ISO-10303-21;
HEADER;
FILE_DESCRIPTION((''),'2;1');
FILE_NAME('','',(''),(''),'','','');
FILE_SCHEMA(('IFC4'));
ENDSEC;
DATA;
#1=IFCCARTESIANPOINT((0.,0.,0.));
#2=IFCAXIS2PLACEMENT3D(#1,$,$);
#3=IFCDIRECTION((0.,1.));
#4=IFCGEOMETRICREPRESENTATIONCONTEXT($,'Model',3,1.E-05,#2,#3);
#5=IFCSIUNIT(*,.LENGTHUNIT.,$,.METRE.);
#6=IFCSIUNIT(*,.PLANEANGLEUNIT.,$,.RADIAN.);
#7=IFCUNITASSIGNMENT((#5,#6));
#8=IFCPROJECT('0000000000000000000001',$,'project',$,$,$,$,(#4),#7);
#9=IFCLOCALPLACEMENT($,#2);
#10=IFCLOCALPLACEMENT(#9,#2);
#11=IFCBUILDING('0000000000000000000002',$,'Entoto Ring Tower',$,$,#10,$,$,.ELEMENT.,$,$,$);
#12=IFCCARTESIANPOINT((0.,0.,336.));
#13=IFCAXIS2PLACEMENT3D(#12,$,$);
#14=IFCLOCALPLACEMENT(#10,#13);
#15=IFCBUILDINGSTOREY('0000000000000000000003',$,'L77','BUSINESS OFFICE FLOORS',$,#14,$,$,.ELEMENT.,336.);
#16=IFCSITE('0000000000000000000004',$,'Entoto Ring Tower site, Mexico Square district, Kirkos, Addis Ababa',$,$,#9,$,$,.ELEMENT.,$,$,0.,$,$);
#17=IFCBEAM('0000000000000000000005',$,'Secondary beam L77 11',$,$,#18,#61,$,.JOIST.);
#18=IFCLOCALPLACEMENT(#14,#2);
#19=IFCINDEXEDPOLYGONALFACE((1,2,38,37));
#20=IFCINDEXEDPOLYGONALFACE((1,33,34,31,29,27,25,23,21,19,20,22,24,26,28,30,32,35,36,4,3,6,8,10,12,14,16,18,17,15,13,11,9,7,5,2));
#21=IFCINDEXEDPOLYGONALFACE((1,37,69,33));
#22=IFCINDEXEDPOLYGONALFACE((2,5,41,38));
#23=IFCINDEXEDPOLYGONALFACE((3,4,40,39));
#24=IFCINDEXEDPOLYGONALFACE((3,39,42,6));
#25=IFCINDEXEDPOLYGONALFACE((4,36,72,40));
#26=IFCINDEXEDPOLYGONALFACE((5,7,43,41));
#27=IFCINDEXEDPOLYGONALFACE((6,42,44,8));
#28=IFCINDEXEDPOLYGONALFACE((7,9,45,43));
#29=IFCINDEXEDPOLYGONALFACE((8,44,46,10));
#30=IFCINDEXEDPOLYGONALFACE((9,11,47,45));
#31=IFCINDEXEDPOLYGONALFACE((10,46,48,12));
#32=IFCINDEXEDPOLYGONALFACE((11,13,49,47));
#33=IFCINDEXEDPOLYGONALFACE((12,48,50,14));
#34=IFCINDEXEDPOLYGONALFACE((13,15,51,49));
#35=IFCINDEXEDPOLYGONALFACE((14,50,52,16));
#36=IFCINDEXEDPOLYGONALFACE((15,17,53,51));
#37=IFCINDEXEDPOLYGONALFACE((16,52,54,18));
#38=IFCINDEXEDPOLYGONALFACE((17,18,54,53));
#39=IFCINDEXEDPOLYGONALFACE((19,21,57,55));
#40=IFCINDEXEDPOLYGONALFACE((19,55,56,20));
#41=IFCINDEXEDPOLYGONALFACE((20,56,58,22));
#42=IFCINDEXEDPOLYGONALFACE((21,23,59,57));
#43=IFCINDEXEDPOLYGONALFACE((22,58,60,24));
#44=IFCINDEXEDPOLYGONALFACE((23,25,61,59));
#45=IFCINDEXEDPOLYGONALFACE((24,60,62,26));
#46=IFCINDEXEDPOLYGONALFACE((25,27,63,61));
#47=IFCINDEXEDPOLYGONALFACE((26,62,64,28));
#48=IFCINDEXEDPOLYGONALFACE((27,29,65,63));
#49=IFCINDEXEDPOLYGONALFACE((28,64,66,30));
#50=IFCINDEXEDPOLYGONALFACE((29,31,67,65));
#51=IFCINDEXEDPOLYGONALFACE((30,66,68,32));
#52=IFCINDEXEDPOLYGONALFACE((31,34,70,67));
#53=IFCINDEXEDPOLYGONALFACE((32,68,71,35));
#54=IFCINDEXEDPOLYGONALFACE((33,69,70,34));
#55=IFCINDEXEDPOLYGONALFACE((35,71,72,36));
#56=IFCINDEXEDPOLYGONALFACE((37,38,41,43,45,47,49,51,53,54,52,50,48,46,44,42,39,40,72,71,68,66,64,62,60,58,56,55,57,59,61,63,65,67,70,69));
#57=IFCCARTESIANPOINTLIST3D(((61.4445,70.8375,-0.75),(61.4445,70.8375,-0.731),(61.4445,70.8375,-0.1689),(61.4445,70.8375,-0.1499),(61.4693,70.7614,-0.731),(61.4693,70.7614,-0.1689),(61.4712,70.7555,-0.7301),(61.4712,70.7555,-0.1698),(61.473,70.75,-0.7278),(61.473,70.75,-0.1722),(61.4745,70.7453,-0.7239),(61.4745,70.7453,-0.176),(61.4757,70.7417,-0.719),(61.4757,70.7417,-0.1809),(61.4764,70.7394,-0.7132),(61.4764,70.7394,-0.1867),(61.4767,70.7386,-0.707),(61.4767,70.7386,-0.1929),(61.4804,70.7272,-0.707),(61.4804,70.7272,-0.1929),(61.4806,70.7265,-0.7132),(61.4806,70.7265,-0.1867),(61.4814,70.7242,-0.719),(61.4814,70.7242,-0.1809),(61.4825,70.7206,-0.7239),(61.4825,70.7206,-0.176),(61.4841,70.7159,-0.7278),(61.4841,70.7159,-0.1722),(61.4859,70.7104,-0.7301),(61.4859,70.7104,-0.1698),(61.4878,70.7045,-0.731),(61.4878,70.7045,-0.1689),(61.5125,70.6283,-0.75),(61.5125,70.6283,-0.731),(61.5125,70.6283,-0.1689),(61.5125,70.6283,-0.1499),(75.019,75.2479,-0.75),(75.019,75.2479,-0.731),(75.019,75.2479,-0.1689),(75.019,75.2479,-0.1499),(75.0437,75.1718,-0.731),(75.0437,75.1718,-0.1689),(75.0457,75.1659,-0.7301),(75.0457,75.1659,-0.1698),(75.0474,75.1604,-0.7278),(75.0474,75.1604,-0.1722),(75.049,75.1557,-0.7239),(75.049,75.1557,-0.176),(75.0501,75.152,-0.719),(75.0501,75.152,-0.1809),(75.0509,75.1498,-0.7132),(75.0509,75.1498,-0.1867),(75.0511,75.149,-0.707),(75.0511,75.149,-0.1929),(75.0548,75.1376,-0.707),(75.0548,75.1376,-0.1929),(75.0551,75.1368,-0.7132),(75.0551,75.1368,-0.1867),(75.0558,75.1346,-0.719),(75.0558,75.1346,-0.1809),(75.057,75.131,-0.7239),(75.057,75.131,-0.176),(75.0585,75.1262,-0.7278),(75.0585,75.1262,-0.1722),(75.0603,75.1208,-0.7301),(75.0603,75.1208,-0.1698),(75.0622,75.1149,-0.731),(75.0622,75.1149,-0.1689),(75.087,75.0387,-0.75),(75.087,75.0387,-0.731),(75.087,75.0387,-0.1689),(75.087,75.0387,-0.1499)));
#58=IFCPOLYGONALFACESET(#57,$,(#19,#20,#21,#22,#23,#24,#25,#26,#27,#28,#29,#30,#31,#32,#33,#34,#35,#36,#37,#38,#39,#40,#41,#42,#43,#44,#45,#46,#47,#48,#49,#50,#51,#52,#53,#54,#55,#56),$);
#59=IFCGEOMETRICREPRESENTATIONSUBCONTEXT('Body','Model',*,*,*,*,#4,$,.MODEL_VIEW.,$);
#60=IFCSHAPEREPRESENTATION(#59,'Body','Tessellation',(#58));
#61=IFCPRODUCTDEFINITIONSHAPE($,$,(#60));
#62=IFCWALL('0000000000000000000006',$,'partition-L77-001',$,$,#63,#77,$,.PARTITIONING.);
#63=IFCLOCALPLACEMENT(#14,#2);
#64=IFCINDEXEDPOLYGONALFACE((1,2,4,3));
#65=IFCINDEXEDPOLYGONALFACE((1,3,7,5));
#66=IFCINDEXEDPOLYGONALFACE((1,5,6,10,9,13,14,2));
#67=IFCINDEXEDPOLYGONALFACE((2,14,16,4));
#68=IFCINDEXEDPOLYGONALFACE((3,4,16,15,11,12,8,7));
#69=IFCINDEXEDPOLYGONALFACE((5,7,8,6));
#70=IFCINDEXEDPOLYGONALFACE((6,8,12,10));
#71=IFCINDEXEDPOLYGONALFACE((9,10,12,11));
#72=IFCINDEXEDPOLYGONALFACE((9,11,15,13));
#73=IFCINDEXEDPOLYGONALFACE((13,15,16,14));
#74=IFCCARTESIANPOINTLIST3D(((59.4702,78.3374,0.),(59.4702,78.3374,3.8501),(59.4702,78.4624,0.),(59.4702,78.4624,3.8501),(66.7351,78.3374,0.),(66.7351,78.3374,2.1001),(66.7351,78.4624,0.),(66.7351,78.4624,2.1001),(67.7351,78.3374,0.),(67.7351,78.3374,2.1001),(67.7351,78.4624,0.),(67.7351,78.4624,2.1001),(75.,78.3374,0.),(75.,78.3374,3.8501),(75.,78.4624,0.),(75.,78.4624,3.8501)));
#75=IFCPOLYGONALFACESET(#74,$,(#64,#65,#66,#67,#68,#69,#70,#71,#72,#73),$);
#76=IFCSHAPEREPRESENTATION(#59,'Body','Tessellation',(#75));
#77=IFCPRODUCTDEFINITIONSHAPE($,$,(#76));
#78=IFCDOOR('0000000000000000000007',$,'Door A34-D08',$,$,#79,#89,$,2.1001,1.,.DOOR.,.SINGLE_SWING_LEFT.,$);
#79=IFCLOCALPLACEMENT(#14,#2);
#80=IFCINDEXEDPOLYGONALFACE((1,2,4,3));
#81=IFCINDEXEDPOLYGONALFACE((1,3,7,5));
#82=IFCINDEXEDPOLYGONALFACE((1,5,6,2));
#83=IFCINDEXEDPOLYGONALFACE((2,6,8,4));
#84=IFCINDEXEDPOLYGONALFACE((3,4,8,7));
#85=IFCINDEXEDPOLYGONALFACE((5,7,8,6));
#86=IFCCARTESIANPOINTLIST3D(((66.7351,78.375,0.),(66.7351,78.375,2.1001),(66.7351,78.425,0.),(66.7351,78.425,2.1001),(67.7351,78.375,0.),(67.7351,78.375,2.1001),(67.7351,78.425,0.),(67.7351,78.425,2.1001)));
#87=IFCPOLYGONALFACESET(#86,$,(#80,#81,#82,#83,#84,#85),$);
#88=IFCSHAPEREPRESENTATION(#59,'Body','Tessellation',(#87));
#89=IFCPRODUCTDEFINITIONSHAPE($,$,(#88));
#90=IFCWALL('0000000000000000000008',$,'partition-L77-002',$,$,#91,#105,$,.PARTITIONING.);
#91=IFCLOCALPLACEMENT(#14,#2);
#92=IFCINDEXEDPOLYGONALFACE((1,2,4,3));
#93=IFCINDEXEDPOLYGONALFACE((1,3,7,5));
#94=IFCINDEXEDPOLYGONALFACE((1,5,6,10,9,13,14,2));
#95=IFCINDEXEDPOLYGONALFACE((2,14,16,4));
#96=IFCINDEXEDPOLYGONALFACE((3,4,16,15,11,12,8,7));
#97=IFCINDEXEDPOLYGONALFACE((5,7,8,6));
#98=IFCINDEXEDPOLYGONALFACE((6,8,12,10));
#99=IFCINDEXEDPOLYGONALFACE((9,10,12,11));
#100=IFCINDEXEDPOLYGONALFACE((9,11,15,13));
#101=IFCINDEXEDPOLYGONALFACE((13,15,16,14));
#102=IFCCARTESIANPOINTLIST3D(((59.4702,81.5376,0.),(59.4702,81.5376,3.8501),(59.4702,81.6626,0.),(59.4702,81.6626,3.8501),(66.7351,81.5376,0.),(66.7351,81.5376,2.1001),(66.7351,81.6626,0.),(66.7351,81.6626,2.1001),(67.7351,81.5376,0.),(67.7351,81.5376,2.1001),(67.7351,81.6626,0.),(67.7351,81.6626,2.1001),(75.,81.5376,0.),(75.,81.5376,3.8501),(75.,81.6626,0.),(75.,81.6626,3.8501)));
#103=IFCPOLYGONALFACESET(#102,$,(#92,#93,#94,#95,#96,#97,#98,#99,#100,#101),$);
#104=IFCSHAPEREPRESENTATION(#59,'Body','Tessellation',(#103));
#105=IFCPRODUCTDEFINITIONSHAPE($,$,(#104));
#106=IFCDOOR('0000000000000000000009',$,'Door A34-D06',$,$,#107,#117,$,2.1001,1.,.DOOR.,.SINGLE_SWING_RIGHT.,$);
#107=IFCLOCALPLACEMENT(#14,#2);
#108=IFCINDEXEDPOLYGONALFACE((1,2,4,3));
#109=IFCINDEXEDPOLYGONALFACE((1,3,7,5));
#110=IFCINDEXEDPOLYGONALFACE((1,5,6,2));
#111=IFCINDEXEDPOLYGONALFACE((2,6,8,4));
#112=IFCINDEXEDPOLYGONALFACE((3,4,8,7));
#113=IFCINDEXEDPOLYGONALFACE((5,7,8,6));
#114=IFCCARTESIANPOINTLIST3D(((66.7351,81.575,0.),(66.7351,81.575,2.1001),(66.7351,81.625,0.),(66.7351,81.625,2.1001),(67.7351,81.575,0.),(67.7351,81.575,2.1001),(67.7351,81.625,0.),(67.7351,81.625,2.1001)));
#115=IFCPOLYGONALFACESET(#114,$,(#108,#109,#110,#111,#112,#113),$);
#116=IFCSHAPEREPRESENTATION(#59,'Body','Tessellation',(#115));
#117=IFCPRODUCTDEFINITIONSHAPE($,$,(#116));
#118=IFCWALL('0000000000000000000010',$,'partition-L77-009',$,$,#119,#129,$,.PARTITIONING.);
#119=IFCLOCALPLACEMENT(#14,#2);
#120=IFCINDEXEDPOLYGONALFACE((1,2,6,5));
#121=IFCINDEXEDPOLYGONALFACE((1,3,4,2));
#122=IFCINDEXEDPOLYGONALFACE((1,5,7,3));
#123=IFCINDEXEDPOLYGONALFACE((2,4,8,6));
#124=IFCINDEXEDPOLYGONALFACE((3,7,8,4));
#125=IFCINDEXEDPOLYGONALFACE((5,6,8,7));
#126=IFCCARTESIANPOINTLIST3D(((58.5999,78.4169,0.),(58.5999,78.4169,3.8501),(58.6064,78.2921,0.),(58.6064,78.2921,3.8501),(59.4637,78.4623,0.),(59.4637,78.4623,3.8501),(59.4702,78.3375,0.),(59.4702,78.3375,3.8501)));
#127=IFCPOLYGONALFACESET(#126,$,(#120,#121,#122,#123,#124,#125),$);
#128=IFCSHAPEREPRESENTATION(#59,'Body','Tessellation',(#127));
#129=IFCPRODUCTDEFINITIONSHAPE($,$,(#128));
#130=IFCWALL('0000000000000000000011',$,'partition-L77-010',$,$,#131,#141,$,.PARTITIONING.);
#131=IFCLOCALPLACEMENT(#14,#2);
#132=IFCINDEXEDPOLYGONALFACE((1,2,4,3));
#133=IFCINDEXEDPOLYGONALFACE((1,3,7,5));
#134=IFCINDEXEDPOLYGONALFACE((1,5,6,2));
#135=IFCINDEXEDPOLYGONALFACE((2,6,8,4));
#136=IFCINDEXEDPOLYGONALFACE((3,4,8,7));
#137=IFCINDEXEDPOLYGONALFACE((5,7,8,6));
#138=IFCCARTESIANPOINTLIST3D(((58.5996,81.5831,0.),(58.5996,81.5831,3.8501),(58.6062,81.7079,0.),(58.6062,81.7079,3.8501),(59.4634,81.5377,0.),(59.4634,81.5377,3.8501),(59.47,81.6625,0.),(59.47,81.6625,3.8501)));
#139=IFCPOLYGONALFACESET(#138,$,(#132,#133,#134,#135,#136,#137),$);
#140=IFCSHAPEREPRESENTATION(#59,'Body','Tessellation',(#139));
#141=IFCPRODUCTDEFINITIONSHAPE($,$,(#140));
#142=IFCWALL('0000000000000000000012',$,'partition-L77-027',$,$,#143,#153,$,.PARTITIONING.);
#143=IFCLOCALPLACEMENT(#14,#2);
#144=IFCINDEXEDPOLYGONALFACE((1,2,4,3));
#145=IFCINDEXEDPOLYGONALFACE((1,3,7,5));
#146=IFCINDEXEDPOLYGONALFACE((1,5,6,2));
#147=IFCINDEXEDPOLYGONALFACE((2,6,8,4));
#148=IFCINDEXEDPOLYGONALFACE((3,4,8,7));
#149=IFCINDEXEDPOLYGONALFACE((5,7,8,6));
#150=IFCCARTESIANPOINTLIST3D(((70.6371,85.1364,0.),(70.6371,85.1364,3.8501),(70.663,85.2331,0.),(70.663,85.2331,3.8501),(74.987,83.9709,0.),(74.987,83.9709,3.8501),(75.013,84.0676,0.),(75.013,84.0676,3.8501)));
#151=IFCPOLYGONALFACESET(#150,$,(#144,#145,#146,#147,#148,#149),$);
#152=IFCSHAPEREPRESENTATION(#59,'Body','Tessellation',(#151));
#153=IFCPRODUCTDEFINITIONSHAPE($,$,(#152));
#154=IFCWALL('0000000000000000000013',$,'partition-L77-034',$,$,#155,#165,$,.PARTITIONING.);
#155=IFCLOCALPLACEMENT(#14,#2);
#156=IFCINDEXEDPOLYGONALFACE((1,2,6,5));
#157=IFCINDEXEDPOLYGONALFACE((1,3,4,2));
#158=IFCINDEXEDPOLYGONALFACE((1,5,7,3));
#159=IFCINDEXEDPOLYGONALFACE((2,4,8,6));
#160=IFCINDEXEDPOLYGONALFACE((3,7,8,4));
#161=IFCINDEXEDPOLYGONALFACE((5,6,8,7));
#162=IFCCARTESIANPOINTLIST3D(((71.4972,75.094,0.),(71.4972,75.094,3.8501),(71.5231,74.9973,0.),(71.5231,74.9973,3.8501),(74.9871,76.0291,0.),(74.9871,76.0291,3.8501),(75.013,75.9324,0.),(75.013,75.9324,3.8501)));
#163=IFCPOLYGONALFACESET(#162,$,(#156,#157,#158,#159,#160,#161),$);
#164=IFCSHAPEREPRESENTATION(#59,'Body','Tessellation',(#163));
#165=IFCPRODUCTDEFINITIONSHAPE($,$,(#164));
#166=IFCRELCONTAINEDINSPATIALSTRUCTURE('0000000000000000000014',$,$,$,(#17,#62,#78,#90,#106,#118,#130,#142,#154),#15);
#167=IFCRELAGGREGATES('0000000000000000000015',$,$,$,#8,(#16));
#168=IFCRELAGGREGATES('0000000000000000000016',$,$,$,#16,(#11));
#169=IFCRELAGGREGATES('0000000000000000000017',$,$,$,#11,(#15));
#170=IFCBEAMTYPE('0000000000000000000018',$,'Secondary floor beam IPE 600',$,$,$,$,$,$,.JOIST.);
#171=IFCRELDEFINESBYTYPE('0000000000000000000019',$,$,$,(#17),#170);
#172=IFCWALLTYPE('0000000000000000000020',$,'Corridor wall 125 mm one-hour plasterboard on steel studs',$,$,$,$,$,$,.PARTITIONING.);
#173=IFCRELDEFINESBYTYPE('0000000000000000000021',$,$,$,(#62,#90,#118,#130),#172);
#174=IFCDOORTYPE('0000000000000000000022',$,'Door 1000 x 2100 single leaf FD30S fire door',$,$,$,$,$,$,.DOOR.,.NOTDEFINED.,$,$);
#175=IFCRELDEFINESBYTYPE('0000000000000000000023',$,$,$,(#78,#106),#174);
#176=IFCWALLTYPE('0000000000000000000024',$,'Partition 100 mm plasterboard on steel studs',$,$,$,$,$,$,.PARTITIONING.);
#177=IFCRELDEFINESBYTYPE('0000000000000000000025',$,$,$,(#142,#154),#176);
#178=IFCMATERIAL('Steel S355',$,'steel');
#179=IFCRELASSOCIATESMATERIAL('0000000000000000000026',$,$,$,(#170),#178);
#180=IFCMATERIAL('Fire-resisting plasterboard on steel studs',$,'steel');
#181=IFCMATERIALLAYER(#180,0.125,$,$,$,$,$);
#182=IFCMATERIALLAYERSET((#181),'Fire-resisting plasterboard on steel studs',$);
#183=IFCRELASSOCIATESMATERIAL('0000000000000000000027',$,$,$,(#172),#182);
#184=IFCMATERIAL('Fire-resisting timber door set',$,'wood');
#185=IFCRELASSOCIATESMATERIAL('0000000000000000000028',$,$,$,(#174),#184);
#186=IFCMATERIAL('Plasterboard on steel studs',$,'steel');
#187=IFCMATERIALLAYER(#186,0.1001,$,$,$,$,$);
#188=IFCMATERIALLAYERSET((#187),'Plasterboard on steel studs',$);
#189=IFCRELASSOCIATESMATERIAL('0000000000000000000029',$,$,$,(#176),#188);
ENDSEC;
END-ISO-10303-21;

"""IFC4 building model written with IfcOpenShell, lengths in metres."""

from ifc_helpers import new_model, si_unit, direction, frame, frame_2d, origin, origin_2d, place, context, subcontext, project, spatial, rectangle, i_section, extrude, material, layer, layer_set, material_profile, profile_set, type_object, element, fill, save


model = new_model("IFC4")

# Units and contexts
model_context = context("Model", 3, precision=1e-05, world=origin(), true_north=direction((0.0, 1.0)))
body_context = subcontext(model_context, "Body", "Model", "MODEL_VIEW")
ifc_project = project(units=[si_unit("LENGTHUNIT", "METRE"), si_unit("PLANEANGLEUNIT", "RADIAN")], contexts=[model_context])

# Site, building, storey
site_placement = place(None, origin())
site = spatial("IfcSite", under=ifc_project, at=site_placement, Name="Entoto Ring Tower site, Mexico Square district, Kirkos, Addis Ababa", CompositionType="ELEMENT", RefElevation=0.0)
building_placement = place(site_placement, origin())
building = spatial("IfcBuilding", under=site, at=building_placement, Name="Entoto Ring Tower", CompositionType="ELEMENT")
storey_placement = place(building_placement, frame((0.0, 0.0, 336.0)))
storey = spatial("IfcBuildingStorey", under=building, at=storey_placement, Name="L77", Description="BUSINESS OFFICE FLOORS", CompositionType="ELEMENT", Elevation=336.0)

# Beam
ifc_material_1 = material(Name="Steel S355", Category="steel")
ifc_material_profile_1 = material_profile(ifc_material_1, i_section(OverallWidth=0.22, OverallDepth=0.6001, WebThickness=0.012, FlangeThickness=0.019, FilletRadius=0.0239, at=origin_2d()), Name="IPE 600")
ifc_profile_set_1 = profile_set([ifc_material_profile_1], Name="Steel S355")
beam_type_1 = type_object("IfcBeamType", Name="Secondary floor beam IPE 600", PredefinedType="JOIST", material=ifc_profile_set_1)
beam_1_placement = place(storey_placement, frame((75.053, 75.1433, -0.45), z_axis=(-0.951061, -0.309004, 0.0), x_axis=(0.309004, -0.951061, 0.0)))
element("IfcBeam", 1, at=beam_1_placement, inside=storey, type_object=beam_type_1, Name="Secondary beam L77 11", PredefinedType="JOIST", context=body_context, shape_type="SweptSolid", body=[
    extrude(i_section(OverallWidth=0.22, OverallDepth=0.6001, WebThickness=0.012, FlangeThickness=0.019, FilletRadius=0.0239, at=origin_2d()), origin(), (0.0, 0.0, 1.0), 14.2729),
])

# Walls, openings, doors
ifc_material_2 = material(Name="Fire-resisting plasterboard on steel studs", Category="steel")
ifc_layer_1 = layer(ifc_material_2, 0.125)
ifc_layer_set_1 = layer_set([ifc_layer_1], Name="Fire-resisting plasterboard on steel studs")
wall_type_1 = type_object("IfcWallType", Name="Corridor wall 125 mm one-hour plasterboard on steel studs", PredefinedType="PARTITIONING", material=ifc_layer_set_1)
wall_1_placement = place(storey_placement, frame((59.4702, 78.3999, 0.0), z_axis=(0.0, 0.0, 1.0), x_axis=(1.0, 0.0, 0.0)))
wall_1 = element("IfcWall", 2, at=wall_1_placement, inside=storey, type_object=wall_type_1, Name="partition-L77-001", PredefinedType="PARTITIONING", context=body_context, shape_type="SweptSolid", body=[
    extrude(rectangle(XDim=15.5298, YDim=0.125, at=frame_2d((7.7649, 0.0))), origin(), (0.0, 0.0, 1.0), 3.8501),
])
opening_1_placement = place(wall_1_placement, frame((7.2649, 0.0, 0.0)))
opening_1 = element("IfcOpeningElement", 3, at=opening_1_placement, cuts=wall_1, PredefinedType="OPENING", context=body_context, shape_type="SweptSolid", body=[
    extrude(rectangle(XDim=1.0, YDim=2.1001, at=frame_2d((0.5, 1.05))), frame((0.0, 0.0725, 0.0), z_axis=(0.0, -1.0, 0.0), x_axis=(1.0, 0.0, 0.0)), (0.0, 0.0, 1.0), 0.145),
])
ifc_material_3 = material(Name="Fire-resisting timber door set", Category="wood")
door_type = type_object("IfcDoorType", Name="Door 1000 x 2100 single leaf FD30S fire door", OperationType="NOTDEFINED", PredefinedType="DOOR", material=ifc_material_3)
door_1_placement = place(opening_1_placement, frame((1.0, 0.0, 0.0), z_axis=(0.0, 0.0, 1.0), x_axis=(-1.0, 0.0, 0.0)))
door_1 = element("IfcDoor", 4, at=door_1_placement, inside=storey, type_object=door_type, Name="Door A34-D08", OperationType="SINGLE_SWING_LEFT", OverallHeight=2.1001, OverallWidth=1.0, PredefinedType="DOOR", context=body_context, shape_type="SweptSolid", body=[
    extrude(rectangle(XDim=1.0, YDim=2.1001, at=frame_2d((0.5, 1.05))), frame((0.0, 0.0249, 0.0), z_axis=(0.0, -1.0, 0.0), x_axis=(1.0, 0.0, 0.0)), (0.0, 0.0, 1.0), 0.05),
])
fill(opening_1, door_1)
wall_2_placement = place(storey_placement, frame((59.4702, 81.6001, 0.0), z_axis=(0.0, 0.0, 1.0), x_axis=(1.0, 0.0, 0.0)))
wall_2 = element("IfcWall", 5, at=wall_2_placement, inside=storey, type_object=wall_type_1, Name="partition-L77-002", PredefinedType="PARTITIONING", context=body_context, shape_type="SweptSolid", body=[
    extrude(rectangle(XDim=15.5298, YDim=0.125, at=frame_2d((7.7649, 0.0))), origin(), (0.0, 0.0, 1.0), 3.8501),
])
opening_2_placement = place(wall_2_placement, frame((7.2649, 0.0, 0.0)))
opening_2 = element("IfcOpeningElement", 6, at=opening_2_placement, cuts=wall_2, PredefinedType="OPENING", context=body_context, shape_type="SweptSolid", body=[
    extrude(rectangle(XDim=1.0, YDim=2.1001, at=frame_2d((0.5, 1.05))), frame((0.0, 0.0725, 0.0), z_axis=(0.0, -1.0, 0.0), x_axis=(1.0, 0.0, 0.0)), (0.0, 0.0, 1.0), 0.145),
])
door_2_placement = place(opening_2_placement, origin())
door_2 = element("IfcDoor", 7, at=door_2_placement, inside=storey, type_object=door_type, Name="Door A34-D06", OperationType="SINGLE_SWING_RIGHT", OverallHeight=2.1001, OverallWidth=1.0, PredefinedType="DOOR", context=body_context, shape_type="SweptSolid", body=[
    extrude(rectangle(XDim=1.0, YDim=2.1001, at=frame_2d((0.5, 1.05))), frame((0.0, 0.0249, 0.0), z_axis=(0.0, -1.0, 0.0), x_axis=(1.0, 0.0, 0.0)), (0.0, 0.0, 1.0), 0.05),
])
fill(opening_2, door_2)

# Walls
for number, where, z_axis, x_axis, name in (
    (8, (58.603, 78.3545, 0.0), (0.0, 0.0, 1.0), (0.998621, 0.0525, 0.0), "partition-L77-009"),
    (9, (59.4668, 81.6001, 0.0), (0.0, 0.0, 1.0), (-0.998621, 0.0525, 0.0), "partition-L77-010"),
):
    element("IfcWall", number, at=place(storey_placement, frame(where, z_axis=z_axis, x_axis=x_axis)), inside=storey, type_object=wall_type_1, Name=name, PredefinedType="PARTITIONING", context=body_context, shape_type="SweptSolid", body=[
        extrude(rectangle(XDim=0.865, YDim=0.125, at=frame_2d((0.4326, 0.0))), origin(), (0.0, 0.0, 1.0), 3.8501),
    ])
ifc_material_4 = material(Name="Plasterboard on steel studs", Category="steel")
ifc_layer_2 = layer(ifc_material_4, 0.1001)
ifc_layer_set_2 = layer_set([ifc_layer_2], Name="Plasterboard on steel studs")
wall_type_2 = type_object("IfcWallType", Name="Partition 100 mm plasterboard on steel studs", PredefinedType="PARTITIONING", material=ifc_layer_set_2)
wall_3_placement = place(storey_placement, frame((75.0, 84.0193, 0.0), z_axis=(0.0, 0.0, 1.0), x_axis=(-0.96593, 0.258803, 0.0)))
element("IfcWall", 10, at=wall_3_placement, inside=storey, type_object=wall_type_2, Name="partition-L77-027", PredefinedType="PARTITIONING", context=body_context, shape_type="SweptSolid", body=[
    extrude(rectangle(XDim=4.5034, YDim=0.1001, at=frame_2d((2.2517, 0.0))), origin(), (0.0, 0.0, 1.0), 3.8501),
])
wall_4_placement = place(storey_placement, frame((71.51, 75.0457, 0.0), z_axis=(0.0, 0.0, 1.0), x_axis=(0.965931, 0.258798, 0.0)))
element("IfcWall", 11, at=wall_4_placement, inside=storey, type_object=wall_type_2, Name="partition-L77-034", PredefinedType="PARTITIONING", context=body_context, shape_type="SweptSolid", body=[
    extrude(rectangle(XDim=3.613, YDim=0.1001, at=frame_2d((1.8066, 0.0))), origin(), (0.0, 0.0, 1.0), 3.8501),
])

save(model, "model.ifc")
